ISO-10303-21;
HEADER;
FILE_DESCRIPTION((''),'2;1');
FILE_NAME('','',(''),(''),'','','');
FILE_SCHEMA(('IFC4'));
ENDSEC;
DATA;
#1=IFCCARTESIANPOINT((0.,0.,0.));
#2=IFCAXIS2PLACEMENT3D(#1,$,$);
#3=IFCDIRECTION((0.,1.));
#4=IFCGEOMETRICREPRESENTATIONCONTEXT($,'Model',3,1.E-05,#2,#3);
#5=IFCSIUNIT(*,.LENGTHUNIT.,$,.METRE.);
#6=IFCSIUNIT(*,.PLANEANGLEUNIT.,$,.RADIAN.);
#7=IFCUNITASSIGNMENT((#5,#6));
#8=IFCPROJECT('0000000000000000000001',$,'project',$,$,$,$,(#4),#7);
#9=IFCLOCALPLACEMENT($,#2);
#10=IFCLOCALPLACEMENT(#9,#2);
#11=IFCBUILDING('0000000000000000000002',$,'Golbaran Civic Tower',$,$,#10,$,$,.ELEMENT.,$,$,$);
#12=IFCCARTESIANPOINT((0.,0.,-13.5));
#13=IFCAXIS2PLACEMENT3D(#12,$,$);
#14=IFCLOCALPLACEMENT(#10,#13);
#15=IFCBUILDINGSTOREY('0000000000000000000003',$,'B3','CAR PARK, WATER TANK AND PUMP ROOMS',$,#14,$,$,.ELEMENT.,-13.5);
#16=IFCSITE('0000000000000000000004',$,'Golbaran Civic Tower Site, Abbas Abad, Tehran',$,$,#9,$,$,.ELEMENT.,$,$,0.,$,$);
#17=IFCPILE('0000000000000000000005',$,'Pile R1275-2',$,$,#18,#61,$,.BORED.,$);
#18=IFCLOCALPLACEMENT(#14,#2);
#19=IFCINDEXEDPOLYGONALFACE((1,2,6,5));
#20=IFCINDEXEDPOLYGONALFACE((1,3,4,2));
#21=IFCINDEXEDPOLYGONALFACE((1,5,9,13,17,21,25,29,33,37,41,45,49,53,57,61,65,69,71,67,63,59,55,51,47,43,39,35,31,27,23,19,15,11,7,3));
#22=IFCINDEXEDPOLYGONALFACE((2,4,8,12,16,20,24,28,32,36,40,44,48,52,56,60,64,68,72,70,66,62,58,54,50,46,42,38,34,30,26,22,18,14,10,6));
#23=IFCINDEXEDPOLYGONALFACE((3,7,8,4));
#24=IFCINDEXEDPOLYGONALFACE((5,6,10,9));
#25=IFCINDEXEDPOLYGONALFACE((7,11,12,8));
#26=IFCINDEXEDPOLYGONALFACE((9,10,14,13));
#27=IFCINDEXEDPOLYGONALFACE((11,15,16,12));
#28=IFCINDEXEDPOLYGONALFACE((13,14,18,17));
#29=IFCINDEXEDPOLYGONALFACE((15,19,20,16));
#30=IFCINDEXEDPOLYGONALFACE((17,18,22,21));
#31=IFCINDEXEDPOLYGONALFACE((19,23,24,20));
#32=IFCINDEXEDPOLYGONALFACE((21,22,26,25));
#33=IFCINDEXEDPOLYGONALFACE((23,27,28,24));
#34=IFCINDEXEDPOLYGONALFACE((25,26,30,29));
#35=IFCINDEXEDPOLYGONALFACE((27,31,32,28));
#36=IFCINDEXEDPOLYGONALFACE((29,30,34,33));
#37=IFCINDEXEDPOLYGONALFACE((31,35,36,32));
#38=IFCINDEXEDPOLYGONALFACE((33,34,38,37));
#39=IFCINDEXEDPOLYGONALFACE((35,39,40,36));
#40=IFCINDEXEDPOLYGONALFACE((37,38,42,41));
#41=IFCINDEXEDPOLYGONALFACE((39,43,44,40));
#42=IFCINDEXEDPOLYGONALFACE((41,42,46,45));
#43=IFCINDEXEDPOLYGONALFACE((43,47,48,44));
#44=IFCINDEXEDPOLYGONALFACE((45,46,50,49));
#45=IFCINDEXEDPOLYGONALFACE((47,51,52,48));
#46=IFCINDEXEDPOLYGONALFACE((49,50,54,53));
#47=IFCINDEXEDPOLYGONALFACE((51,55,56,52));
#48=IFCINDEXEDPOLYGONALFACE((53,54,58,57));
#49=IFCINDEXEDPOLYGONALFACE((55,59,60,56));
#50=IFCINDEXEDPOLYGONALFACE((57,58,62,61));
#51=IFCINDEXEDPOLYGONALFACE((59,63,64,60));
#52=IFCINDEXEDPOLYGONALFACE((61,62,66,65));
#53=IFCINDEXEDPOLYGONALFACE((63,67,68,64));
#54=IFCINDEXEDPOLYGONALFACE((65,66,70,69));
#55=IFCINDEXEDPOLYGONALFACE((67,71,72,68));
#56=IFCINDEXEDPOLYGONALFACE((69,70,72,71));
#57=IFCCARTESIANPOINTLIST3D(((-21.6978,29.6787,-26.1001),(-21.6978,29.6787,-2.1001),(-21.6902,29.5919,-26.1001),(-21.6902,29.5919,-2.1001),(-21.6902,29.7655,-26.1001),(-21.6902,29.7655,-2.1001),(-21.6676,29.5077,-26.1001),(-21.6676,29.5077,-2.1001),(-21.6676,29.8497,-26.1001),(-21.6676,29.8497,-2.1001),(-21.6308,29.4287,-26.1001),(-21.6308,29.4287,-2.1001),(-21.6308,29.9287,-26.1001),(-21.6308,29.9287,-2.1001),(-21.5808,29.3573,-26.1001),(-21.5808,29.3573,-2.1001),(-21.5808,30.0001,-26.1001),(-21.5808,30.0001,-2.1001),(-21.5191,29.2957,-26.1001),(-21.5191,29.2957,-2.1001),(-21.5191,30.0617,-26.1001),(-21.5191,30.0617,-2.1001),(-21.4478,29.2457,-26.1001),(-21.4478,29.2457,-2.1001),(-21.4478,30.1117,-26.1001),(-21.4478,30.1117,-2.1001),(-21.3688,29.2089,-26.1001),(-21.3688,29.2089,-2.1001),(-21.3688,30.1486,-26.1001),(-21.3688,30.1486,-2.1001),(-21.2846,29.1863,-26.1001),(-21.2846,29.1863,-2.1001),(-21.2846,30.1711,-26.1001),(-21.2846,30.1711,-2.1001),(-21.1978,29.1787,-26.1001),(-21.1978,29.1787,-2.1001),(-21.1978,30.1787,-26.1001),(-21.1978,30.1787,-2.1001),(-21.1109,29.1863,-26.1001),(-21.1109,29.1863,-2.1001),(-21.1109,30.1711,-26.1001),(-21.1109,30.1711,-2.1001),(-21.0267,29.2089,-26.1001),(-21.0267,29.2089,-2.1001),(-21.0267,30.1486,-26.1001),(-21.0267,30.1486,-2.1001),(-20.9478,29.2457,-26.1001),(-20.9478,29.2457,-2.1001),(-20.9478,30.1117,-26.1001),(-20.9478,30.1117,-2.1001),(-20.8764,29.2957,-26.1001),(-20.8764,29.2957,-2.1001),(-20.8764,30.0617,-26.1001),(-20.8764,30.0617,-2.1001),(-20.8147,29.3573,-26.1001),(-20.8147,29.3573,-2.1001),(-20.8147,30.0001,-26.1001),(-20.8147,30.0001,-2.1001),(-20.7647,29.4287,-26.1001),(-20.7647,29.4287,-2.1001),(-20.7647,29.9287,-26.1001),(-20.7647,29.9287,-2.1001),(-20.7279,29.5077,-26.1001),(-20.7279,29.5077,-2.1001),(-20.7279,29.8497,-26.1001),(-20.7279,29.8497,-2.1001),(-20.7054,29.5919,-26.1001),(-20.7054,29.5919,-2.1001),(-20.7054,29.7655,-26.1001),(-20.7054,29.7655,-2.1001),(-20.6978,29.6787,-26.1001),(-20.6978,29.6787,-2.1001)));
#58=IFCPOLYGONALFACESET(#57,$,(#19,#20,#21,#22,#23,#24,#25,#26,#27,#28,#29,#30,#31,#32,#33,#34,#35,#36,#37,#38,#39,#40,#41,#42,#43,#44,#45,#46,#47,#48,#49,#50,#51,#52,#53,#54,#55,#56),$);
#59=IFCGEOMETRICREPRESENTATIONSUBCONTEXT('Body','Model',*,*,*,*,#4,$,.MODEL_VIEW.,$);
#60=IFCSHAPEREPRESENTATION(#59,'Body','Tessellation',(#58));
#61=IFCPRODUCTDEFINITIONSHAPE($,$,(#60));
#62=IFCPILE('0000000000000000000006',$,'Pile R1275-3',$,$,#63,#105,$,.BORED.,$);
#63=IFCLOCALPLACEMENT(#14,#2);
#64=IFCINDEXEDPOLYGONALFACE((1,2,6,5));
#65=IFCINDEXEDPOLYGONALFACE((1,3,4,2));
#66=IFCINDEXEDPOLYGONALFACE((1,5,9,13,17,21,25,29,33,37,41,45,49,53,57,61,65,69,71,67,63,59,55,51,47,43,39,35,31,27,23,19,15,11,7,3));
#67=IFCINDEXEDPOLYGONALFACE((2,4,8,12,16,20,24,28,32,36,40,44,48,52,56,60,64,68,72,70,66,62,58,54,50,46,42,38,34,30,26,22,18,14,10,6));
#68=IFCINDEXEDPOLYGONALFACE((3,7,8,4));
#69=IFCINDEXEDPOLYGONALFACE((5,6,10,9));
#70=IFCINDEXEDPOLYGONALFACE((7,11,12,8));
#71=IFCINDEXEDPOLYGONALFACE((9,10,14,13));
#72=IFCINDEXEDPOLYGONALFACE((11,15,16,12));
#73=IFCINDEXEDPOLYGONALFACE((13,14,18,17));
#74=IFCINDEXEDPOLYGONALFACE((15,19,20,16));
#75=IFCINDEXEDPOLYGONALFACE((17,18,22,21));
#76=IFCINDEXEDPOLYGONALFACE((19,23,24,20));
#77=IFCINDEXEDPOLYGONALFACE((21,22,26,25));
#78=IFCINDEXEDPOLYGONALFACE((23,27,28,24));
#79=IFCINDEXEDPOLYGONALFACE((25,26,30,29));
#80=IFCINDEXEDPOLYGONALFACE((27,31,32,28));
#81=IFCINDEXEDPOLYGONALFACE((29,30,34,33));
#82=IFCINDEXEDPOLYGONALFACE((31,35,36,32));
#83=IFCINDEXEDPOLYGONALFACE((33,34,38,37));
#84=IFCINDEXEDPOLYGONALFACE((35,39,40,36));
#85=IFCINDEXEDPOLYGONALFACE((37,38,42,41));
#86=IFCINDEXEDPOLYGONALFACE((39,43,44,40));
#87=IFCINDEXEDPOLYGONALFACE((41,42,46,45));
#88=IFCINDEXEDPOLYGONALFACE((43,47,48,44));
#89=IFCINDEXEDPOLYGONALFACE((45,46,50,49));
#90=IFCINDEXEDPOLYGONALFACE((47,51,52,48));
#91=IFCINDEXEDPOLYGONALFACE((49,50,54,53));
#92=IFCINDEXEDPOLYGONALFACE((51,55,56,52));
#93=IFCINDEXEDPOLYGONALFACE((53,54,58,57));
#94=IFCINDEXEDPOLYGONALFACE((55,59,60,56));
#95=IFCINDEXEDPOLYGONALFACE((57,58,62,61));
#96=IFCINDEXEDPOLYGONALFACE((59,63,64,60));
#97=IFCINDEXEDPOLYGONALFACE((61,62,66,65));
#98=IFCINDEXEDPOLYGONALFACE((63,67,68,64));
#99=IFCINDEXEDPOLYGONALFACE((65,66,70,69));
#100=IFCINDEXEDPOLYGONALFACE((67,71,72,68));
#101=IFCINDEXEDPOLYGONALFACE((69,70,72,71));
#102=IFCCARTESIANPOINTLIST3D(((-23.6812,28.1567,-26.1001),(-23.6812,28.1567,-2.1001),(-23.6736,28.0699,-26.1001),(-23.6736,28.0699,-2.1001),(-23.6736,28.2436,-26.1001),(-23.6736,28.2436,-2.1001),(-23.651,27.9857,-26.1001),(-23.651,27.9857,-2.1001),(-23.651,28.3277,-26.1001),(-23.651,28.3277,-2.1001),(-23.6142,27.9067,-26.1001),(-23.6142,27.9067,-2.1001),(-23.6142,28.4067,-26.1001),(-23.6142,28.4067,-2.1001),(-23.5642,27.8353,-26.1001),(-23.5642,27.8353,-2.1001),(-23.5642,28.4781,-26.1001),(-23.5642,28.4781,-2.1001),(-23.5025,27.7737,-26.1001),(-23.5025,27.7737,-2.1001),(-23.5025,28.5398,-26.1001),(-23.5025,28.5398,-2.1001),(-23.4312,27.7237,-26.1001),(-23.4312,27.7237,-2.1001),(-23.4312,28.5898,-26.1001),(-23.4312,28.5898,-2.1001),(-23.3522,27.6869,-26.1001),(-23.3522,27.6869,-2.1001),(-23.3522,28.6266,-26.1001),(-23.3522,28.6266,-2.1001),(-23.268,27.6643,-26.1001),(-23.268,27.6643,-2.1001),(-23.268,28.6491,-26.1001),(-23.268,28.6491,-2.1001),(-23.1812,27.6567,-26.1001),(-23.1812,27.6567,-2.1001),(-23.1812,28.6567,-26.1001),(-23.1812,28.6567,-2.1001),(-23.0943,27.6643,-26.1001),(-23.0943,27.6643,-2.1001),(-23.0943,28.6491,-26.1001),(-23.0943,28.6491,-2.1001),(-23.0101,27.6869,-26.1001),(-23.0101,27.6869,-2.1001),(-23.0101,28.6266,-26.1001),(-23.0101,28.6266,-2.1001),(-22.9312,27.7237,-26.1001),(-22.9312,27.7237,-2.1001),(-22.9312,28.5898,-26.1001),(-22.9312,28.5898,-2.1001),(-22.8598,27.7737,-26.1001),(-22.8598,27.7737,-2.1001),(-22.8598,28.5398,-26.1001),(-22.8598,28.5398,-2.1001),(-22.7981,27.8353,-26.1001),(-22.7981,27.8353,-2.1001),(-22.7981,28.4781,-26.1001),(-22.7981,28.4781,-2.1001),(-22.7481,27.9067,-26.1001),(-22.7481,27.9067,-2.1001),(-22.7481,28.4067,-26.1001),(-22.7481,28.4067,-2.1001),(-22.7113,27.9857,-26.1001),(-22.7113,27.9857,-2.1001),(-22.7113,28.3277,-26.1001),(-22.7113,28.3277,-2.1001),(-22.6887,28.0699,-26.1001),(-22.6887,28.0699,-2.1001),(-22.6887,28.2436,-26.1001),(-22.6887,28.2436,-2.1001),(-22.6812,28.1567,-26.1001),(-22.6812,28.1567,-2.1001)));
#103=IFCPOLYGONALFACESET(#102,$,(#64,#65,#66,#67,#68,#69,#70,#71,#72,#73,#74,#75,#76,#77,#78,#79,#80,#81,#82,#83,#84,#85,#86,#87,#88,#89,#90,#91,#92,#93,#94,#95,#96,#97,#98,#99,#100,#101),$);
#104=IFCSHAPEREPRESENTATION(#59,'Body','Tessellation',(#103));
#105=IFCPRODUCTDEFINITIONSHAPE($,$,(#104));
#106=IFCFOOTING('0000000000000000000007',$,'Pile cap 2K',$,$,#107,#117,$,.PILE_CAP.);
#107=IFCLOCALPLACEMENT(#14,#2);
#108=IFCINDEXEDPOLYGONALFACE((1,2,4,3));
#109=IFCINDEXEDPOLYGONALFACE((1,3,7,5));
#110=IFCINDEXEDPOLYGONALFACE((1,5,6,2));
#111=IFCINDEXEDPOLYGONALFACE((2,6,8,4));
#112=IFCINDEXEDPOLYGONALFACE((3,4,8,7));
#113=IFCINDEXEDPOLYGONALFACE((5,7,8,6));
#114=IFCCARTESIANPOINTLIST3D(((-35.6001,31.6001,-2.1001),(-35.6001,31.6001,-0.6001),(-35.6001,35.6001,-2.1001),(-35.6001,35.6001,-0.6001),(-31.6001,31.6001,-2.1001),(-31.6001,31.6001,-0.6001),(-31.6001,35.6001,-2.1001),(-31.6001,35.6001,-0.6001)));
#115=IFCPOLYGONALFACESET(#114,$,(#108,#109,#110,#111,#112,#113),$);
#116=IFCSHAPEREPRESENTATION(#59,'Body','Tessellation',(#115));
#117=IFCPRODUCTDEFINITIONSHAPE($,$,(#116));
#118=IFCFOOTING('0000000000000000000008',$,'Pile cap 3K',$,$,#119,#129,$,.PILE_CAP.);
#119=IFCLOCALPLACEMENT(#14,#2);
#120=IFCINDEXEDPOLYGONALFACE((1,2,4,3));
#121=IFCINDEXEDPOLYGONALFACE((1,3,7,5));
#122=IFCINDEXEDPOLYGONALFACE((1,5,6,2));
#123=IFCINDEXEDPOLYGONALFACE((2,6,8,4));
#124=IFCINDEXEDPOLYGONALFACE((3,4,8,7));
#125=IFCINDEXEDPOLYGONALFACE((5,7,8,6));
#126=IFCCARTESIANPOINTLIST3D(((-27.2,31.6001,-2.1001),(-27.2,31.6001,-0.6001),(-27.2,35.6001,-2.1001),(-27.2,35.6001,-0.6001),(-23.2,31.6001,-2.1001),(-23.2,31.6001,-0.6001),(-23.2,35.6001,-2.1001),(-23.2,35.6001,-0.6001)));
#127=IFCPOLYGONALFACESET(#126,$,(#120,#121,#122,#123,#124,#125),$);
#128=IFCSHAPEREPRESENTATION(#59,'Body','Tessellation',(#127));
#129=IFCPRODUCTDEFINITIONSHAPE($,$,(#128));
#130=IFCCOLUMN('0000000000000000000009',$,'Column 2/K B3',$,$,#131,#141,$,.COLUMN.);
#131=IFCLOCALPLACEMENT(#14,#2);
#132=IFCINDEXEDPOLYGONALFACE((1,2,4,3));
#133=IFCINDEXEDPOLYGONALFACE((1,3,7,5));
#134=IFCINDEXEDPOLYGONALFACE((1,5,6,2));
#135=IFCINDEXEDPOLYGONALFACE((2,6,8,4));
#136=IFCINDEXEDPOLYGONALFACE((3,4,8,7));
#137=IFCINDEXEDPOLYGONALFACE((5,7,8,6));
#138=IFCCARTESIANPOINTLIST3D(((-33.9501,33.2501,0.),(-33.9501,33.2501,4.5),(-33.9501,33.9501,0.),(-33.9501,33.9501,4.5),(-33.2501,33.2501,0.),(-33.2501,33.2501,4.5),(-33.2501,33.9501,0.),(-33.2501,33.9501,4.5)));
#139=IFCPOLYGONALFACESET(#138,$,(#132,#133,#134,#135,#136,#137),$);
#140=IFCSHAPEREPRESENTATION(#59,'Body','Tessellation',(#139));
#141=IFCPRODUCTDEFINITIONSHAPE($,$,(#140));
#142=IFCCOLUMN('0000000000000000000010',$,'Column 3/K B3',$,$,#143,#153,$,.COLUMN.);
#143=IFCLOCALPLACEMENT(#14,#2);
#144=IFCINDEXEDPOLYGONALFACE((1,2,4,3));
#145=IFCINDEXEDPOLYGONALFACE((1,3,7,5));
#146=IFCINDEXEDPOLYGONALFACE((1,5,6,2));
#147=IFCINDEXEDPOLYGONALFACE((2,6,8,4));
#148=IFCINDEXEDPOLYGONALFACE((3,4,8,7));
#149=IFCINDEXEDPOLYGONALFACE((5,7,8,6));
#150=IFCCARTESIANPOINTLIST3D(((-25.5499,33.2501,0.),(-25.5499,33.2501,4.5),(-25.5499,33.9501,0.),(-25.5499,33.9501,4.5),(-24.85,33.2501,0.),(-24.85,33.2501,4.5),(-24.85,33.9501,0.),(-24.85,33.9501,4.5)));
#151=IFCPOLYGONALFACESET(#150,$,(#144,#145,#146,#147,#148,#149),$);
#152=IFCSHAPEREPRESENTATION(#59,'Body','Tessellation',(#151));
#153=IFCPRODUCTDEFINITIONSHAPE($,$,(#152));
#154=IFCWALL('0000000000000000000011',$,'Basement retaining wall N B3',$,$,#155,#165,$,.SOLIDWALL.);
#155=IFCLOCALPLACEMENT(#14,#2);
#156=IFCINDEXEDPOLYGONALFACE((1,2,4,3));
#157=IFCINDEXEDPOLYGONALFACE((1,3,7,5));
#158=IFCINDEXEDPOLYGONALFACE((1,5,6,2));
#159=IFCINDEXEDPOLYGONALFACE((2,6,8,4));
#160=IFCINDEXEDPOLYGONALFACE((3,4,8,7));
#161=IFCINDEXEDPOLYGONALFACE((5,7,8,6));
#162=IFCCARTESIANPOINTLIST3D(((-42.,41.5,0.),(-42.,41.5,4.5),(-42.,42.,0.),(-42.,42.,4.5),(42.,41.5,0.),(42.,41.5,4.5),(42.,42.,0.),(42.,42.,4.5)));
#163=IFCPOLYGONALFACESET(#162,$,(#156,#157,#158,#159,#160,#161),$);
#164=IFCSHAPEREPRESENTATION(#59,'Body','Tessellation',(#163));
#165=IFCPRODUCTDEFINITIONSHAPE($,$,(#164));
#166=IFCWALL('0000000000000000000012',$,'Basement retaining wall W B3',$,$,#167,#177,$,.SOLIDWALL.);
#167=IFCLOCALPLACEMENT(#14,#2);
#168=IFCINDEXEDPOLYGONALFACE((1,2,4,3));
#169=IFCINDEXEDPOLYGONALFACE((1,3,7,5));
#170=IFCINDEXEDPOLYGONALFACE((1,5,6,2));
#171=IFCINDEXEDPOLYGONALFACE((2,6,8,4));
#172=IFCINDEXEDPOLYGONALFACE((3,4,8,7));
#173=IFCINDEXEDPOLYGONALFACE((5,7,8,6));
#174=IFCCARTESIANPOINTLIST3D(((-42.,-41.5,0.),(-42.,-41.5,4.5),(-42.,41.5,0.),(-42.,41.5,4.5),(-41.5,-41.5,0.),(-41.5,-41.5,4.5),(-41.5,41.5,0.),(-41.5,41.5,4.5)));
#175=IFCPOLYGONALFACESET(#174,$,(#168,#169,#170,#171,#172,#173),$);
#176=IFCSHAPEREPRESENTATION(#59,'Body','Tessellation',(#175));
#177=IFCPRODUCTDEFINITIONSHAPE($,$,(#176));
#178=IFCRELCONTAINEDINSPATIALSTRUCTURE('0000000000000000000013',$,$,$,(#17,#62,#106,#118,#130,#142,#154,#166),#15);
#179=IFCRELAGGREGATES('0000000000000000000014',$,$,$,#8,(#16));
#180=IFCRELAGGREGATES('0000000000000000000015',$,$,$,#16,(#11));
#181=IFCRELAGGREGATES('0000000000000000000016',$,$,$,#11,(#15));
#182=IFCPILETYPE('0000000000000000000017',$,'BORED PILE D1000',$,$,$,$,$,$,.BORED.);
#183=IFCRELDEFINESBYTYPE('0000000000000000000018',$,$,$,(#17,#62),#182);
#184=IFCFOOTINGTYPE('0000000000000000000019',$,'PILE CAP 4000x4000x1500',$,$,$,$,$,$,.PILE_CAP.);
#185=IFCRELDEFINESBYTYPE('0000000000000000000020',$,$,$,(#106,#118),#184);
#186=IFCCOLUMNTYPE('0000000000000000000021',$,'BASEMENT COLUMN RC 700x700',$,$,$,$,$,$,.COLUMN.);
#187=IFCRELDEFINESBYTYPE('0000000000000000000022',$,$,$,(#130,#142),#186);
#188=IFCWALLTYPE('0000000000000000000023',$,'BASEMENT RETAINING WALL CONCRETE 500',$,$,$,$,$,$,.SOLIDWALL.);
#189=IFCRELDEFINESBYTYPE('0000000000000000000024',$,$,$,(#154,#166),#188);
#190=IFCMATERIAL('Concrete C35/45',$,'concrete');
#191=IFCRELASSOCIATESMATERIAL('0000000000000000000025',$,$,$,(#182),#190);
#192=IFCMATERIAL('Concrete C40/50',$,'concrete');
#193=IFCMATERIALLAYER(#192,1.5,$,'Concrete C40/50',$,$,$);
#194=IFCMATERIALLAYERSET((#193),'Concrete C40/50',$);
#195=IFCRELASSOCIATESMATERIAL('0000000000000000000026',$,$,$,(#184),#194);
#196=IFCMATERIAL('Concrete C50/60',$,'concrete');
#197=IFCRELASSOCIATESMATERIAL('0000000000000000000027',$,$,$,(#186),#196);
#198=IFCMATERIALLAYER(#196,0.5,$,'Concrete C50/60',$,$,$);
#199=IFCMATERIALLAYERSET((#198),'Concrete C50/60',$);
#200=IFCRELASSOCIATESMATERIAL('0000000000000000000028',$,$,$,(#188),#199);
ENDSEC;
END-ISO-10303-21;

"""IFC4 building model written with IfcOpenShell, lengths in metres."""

from ifc_helpers import new_model, si_unit, direction, frame, frame_2d, origin, origin_2d, place, context, subcontext, project, spatial, rectangle, circle, extrude, material, layer, layer_set, material_profile, profile_set, type_object, element, save


model = new_model("IFC4")

# Units and contexts
model_context = context("Model", 3, precision=1e-05, world=origin(), true_north=direction((0.0, 1.0)))
body_context = subcontext(model_context, "Body", "Model", "MODEL_VIEW")
ifc_project = project(units=[si_unit("LENGTHUNIT", "METRE"), si_unit("PLANEANGLEUNIT", "RADIAN")], contexts=[model_context])

# Site, building, storey
site_placement = place(None, origin())
site = spatial("IfcSite", under=ifc_project, at=site_placement, Name="Golbaran Civic Tower Site, Abbas Abad, Tehran", CompositionType="ELEMENT", RefElevation=0.0)
building_placement = place(site_placement, origin())
building = spatial("IfcBuilding", under=site, at=building_placement, Name="Golbaran Civic Tower", CompositionType="ELEMENT")
storey_placement = place(building_placement, frame((0.0, 0.0, -13.5)))
storey = spatial("IfcBuildingStorey", under=building, at=storey_placement, Name="B3", Description="CAR PARK, WATER TANK AND PUMP ROOMS", CompositionType="ELEMENT", Elevation=-13.5)

# Piles
ifc_material_1 = material(Name="Concrete C35/45", Category="concrete")
ifc_material_profile_1 = material_profile(ifc_material_1, circle(Radius=0.5, at=origin_2d()), Name="BORED PILE D1000")
ifc_profile_set_1 = profile_set([ifc_material_profile_1], Name="Concrete C35/45")
pile_type = type_object("IfcPileType", Name="BORED PILE D1000", PredefinedType="BORED", material=ifc_profile_set_1)
for number, where, z_axis, x_axis, name in (
    (1, (-21.1978, 29.6787, -2.1001), (0.0, 0.0, -1.0), (1.0, 0.0, 0.0), "Pile R1275-2"),
    (2, (-23.1812, 28.1567, -2.1001), (0.0, 0.0, -1.0), (1.0, 0.0, 0.0), "Pile R1275-3"),
):
    element("IfcPile", number, at=place(storey_placement, frame(where, z_axis=z_axis, x_axis=x_axis)), inside=storey, type_object=pile_type, Name=name, PredefinedType="BORED", context=body_context, shape_type="SweptSolid", body=[
        extrude(circle(Radius=0.5, at=origin_2d()), origin(), (0.0, 0.0, 1.0), 24.0),
    ])

# Footings
ifc_material_2 = material(Name="Concrete C40/50", Category="concrete")
ifc_layer_1 = layer(ifc_material_2, 1.5, Name="Concrete C40/50")
ifc_layer_set_1 = layer_set([ifc_layer_1], Name="Concrete C40/50")
footing_type = type_object("IfcFootingType", Name="PILE CAP 4000x4000x1500", PredefinedType="PILE_CAP", material=ifc_layer_set_1)
for number, where, z_axis, x_axis, name in (
    (3, (-33.6001, 33.6001, -2.1001), (0.0, 0.0, 1.0), (1.0, 0.0, 0.0), "Pile cap 2K"),
    (4, (-25.2, 33.6001, -2.1001), (0.0, 0.0, 1.0), (1.0, 0.0, 0.0), "Pile cap 3K"),
):
    element("IfcFooting", number, at=place(storey_placement, frame(where, z_axis=z_axis, x_axis=x_axis)), inside=storey, type_object=footing_type, Name=name, PredefinedType="PILE_CAP", context=body_context, shape_type="SweptSolid", body=[
        extrude(rectangle(XDim=4.0, YDim=4.0, at=origin_2d()), origin(), (0.0, 0.0, 1.0), 1.5),
    ])

# Columns
ifc_material_3 = material(Name="Concrete C50/60", Category="concrete")
ifc_material_profile_2 = material_profile(ifc_material_3, rectangle(XDim=0.7, YDim=0.7, at=origin_2d()), Name="RC 700x700")
ifc_profile_set_2 = profile_set([ifc_material_profile_2], Name="Concrete C50/60")
column_type = type_object("IfcColumnType", Name="BASEMENT COLUMN RC 700x700", PredefinedType="COLUMN", material=ifc_profile_set_2)
for number, where, z_axis, x_axis, name in (
    (5, (-33.6001, 33.6001, 0.0), (0.0, 0.0, 1.0), (1.0, 0.0, 0.0), "Column 2/K B3"),
    (6, (-25.2, 33.6001, 0.0), (0.0, 0.0, 1.0), (1.0, 0.0, 0.0), "Column 3/K B3"),
):
    element("IfcColumn", number, at=place(storey_placement, frame(where, z_axis=z_axis, x_axis=x_axis)), inside=storey, type_object=column_type, Name=name, PredefinedType="COLUMN", context=body_context, shape_type="SweptSolid", body=[
        extrude(rectangle(XDim=0.7, YDim=0.7, at=origin_2d()), origin(), (0.0, 0.0, 1.0), 4.5),
    ])

# Walls
ifc_layer_2 = layer(ifc_material_3, 0.5, Name="Concrete C50/60")
ifc_layer_set_2 = layer_set([ifc_layer_2], Name="Concrete C50/60")
wall_type_1 = type_object("IfcWallType", Name="BASEMENT RETAINING WALL CONCRETE 500", PredefinedType="SOLIDWALL", material=ifc_layer_set_2)
wall_1_placement = place(storey_placement, frame((-42.0, 41.75, 0.0), z_axis=(0.0, 0.0, 1.0), x_axis=(1.0, 0.0, 0.0)))
element("IfcWall", 7, at=wall_1_placement, inside=storey, type_object=wall_type_1, Name="Basement retaining wall N B3", PredefinedType="SOLIDWALL", context=body_context, shape_type="SweptSolid", body=[
    extrude(rectangle(XDim=84.0, YDim=0.5, at=frame_2d((42.0, 0.0))), origin(), (0.0, 0.0, 1.0), 4.5),
])
wall_2_placement = place(storey_placement, frame((-41.75, 41.5, 0.0), z_axis=(0.0, 0.0, 1.0), x_axis=(0.0, -1.0, 0.0)))
element("IfcWall", 8, at=wall_2_placement, inside=storey, type_object=wall_type_1, Name="Basement retaining wall W B3", PredefinedType="SOLIDWALL", context=body_context, shape_type="SweptSolid", body=[
    extrude(rectangle(XDim=83.0, YDim=0.5, at=frame_2d((41.5, 0.0))), origin(), (0.0, 0.0, 1.0), 4.5),
])

save(model, "model.ifc")
